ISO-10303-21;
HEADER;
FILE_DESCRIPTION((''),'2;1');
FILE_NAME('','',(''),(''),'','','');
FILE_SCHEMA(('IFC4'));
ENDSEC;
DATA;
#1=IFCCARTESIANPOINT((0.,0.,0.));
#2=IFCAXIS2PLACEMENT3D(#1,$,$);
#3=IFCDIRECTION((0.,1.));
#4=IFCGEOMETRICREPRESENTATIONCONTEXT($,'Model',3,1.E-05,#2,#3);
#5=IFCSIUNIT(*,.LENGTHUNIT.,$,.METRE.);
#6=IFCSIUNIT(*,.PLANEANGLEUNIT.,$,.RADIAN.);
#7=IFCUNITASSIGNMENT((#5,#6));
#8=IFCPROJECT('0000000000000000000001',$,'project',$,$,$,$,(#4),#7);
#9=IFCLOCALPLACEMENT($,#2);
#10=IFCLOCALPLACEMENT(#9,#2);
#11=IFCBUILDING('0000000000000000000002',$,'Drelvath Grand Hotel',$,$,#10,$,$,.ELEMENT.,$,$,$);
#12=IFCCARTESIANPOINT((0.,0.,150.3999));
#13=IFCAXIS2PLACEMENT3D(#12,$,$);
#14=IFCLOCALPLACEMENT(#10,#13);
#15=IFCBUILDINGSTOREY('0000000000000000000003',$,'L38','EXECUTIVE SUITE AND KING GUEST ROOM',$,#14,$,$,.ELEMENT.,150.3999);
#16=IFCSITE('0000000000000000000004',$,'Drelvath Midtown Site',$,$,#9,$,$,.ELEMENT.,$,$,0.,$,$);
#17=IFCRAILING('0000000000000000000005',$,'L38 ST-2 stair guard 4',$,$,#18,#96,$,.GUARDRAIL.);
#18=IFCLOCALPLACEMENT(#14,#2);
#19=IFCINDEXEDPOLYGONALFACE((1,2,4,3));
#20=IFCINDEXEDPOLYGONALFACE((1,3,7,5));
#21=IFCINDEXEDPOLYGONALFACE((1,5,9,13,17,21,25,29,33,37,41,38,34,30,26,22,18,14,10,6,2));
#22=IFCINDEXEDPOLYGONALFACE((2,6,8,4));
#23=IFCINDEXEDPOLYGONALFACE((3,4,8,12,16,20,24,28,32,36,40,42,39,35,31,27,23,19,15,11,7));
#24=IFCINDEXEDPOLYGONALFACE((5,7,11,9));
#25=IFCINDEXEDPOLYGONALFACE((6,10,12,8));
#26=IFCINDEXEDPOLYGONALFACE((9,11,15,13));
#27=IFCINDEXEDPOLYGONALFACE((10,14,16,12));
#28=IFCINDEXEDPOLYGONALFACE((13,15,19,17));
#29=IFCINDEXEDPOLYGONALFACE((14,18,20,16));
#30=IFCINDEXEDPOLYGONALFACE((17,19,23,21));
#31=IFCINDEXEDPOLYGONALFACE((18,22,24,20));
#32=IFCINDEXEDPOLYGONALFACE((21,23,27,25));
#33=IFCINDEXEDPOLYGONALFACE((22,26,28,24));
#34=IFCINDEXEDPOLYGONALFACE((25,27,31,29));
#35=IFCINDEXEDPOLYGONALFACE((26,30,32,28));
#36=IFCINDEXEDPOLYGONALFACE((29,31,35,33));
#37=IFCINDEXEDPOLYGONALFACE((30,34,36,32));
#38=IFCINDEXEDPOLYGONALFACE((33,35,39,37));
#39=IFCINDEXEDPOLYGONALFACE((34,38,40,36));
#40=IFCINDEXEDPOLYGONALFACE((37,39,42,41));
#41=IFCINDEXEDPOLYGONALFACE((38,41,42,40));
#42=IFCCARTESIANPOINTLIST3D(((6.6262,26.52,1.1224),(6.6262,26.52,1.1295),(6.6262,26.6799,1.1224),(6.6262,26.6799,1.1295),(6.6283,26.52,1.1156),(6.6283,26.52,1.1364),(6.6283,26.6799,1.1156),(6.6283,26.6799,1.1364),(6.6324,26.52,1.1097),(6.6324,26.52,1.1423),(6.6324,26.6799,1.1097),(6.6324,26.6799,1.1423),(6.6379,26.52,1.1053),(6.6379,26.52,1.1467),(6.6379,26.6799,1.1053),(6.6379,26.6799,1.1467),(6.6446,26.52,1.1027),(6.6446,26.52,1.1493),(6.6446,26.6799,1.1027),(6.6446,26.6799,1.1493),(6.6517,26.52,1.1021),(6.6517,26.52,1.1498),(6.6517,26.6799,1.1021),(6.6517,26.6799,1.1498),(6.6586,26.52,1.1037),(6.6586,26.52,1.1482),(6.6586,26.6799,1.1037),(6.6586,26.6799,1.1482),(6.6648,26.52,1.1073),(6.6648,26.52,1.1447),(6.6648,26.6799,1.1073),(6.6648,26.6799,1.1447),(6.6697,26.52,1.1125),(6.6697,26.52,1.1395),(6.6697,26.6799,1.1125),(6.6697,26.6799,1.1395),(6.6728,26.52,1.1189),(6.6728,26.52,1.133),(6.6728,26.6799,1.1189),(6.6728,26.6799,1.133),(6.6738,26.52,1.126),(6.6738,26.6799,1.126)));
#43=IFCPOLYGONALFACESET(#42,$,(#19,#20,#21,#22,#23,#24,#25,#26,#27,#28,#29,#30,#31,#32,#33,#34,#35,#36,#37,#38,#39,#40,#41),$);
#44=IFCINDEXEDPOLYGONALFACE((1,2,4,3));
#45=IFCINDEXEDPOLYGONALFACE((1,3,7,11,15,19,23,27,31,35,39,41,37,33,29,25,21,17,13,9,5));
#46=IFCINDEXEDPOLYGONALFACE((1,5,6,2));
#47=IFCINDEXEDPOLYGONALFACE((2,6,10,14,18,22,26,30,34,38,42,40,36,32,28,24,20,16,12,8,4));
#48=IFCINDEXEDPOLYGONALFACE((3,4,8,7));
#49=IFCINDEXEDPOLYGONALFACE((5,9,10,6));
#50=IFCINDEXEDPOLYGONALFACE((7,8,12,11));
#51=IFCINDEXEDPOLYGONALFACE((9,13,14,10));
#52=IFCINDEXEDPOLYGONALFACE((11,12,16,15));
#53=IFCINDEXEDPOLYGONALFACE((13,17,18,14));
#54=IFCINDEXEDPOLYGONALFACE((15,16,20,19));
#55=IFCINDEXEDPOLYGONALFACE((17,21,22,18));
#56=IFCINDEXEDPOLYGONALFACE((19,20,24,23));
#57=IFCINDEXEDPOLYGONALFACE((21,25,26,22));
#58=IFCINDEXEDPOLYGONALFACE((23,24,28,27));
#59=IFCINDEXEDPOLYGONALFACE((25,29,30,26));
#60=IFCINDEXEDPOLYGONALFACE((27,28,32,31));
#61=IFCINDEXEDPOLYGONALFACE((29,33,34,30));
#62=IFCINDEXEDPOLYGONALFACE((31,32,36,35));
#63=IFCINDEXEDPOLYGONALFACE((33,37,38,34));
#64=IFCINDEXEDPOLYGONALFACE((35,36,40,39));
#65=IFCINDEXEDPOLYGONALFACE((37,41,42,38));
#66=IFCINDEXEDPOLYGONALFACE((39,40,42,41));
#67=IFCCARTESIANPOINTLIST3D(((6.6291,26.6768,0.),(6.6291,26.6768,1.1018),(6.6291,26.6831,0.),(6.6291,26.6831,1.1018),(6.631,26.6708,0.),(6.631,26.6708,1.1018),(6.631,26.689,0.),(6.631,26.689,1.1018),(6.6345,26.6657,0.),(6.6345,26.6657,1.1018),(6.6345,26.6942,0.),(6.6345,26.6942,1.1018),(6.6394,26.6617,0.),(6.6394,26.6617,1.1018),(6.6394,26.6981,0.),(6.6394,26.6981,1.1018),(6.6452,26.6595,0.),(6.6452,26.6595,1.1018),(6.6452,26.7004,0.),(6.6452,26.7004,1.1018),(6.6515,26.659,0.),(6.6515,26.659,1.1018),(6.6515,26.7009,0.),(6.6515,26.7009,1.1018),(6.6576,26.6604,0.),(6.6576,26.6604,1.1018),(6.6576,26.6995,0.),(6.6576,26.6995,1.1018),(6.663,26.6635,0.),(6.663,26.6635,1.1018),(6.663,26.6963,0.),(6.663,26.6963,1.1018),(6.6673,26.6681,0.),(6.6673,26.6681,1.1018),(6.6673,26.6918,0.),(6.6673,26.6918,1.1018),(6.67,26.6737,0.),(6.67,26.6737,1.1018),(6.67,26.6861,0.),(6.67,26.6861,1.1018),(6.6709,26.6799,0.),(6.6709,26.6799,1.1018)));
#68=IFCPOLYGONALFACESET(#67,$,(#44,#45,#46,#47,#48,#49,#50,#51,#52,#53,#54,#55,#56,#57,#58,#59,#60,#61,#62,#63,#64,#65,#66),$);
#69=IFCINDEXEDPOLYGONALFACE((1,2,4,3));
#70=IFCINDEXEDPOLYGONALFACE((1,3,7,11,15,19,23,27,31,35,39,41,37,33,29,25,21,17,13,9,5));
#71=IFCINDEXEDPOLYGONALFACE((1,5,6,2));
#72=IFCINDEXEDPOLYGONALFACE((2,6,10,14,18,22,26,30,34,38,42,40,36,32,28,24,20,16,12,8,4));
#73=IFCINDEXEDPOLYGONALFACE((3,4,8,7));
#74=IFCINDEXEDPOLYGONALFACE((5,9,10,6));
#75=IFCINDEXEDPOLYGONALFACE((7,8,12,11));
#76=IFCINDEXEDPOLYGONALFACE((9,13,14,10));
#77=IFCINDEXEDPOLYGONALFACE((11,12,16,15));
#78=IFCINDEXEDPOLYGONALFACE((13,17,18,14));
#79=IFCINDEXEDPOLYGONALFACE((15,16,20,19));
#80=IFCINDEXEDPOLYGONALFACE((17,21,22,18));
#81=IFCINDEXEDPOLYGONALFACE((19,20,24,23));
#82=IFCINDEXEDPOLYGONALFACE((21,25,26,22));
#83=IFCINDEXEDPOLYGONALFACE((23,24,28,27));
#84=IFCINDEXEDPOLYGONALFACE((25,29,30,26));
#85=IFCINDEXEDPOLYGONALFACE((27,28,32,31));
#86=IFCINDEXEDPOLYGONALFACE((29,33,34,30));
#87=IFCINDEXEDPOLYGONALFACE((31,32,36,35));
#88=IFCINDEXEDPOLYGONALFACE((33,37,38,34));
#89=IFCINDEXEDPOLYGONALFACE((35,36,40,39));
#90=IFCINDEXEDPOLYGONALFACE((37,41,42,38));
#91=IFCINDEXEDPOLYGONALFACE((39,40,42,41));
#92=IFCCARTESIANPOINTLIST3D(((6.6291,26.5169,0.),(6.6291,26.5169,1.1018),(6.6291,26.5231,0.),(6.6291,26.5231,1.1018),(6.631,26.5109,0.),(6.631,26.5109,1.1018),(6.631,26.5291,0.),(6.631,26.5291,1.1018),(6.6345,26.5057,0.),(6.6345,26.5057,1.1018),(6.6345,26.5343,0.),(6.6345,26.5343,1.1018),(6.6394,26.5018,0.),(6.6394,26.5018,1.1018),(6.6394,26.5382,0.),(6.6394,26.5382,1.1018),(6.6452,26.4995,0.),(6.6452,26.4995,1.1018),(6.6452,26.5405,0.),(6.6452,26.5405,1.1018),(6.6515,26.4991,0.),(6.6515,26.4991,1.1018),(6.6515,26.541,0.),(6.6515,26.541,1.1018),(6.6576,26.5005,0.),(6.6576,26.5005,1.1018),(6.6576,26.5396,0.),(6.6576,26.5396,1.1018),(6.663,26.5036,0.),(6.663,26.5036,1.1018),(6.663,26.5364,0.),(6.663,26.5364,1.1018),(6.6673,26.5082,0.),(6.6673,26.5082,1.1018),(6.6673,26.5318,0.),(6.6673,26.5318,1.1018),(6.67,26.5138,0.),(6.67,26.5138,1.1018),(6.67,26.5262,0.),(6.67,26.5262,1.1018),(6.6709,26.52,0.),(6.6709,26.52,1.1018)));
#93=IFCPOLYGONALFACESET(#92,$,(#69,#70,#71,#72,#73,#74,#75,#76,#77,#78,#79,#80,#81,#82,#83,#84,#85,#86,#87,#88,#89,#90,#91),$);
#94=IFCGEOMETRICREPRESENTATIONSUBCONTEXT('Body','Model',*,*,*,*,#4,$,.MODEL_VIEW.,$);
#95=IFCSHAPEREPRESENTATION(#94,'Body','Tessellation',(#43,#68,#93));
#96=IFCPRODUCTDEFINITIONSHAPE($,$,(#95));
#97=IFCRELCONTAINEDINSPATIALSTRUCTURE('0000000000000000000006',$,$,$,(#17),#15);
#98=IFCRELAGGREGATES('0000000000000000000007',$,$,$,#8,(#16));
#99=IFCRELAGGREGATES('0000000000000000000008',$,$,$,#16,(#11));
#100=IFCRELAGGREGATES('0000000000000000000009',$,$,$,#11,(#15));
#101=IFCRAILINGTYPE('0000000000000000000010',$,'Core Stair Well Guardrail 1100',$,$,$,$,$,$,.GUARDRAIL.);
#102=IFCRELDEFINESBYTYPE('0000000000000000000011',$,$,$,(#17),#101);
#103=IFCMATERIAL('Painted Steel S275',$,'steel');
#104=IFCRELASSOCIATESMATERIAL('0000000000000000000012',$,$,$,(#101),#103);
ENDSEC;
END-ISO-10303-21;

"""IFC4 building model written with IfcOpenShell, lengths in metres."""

from ifc_helpers import new_model, si_unit, direction, frame, origin, origin_2d, place, context, subcontext, project, spatial, circle, extrude, material, type_object, element, save


model = new_model("IFC4")

# Units and contexts
model_context = context("Model", 3, precision=1e-05, world=origin(), true_north=direction((0.0, 1.0)))
body_context = subcontext(model_context, "Body", "Model", "MODEL_VIEW")
ifc_project = project(units=[si_unit("LENGTHUNIT", "METRE"), si_unit("PLANEANGLEUNIT", "RADIAN")], contexts=[model_context])

# Site, building, storey
site_placement = place(None, origin())
site = spatial("IfcSite", under=ifc_project, at=site_placement, Name="Drelvath Midtown Site", CompositionType="ELEMENT", RefElevation=0.0)
building_placement = place(site_placement, origin())
building = spatial("IfcBuilding", under=site, at=building_placement, Name="Drelvath Grand Hotel", CompositionType="ELEMENT")
storey_placement = place(building_placement, frame((0.0, 0.0, 150.3999)))
storey = spatial("IfcBuildingStorey", under=building, at=storey_placement, Name="L38", Description="EXECUTIVE SUITE AND KING GUEST ROOM", CompositionType="ELEMENT", Elevation=150.3999)

# Railing
ifc_material_1 = material(Name="Painted Steel S275", Category="steel")
railing_type_1 = type_object("IfcRailingType", Name="Core Stair Well Guardrail 1100", PredefinedType="GUARDRAIL", material=ifc_material_1)
railing_1_placement = place(storey_placement, frame((6.6499, 26.6799, 0.0)))
element("IfcRailing", 1, at=railing_1_placement, inside=storey, type_object=railing_type_1, Name="L38 ST-2 stair guard 4", PredefinedType="GUARDRAIL", context=body_context, shape_type="SweptSolid", body=[
    extrude(circle(Radius=0.0239, at=origin_2d()), frame((0.0, 0.0, 1.126), z_axis=(0.0, -1.0, 0.0), x_axis=(1.0, 0.0, 0.0)), (0.0, 0.0, 1.0), 0.1599),
    extrude(circle(Radius=0.021, at=origin_2d()), origin(), (0.0, 0.0, 1.0), 1.1018),
    extrude(circle(Radius=0.021, at=origin_2d()), frame((0.0, -0.1599, 0.0)), (0.0, 0.0, 1.0), 1.1018),
])

save(model, "model.ifc")
